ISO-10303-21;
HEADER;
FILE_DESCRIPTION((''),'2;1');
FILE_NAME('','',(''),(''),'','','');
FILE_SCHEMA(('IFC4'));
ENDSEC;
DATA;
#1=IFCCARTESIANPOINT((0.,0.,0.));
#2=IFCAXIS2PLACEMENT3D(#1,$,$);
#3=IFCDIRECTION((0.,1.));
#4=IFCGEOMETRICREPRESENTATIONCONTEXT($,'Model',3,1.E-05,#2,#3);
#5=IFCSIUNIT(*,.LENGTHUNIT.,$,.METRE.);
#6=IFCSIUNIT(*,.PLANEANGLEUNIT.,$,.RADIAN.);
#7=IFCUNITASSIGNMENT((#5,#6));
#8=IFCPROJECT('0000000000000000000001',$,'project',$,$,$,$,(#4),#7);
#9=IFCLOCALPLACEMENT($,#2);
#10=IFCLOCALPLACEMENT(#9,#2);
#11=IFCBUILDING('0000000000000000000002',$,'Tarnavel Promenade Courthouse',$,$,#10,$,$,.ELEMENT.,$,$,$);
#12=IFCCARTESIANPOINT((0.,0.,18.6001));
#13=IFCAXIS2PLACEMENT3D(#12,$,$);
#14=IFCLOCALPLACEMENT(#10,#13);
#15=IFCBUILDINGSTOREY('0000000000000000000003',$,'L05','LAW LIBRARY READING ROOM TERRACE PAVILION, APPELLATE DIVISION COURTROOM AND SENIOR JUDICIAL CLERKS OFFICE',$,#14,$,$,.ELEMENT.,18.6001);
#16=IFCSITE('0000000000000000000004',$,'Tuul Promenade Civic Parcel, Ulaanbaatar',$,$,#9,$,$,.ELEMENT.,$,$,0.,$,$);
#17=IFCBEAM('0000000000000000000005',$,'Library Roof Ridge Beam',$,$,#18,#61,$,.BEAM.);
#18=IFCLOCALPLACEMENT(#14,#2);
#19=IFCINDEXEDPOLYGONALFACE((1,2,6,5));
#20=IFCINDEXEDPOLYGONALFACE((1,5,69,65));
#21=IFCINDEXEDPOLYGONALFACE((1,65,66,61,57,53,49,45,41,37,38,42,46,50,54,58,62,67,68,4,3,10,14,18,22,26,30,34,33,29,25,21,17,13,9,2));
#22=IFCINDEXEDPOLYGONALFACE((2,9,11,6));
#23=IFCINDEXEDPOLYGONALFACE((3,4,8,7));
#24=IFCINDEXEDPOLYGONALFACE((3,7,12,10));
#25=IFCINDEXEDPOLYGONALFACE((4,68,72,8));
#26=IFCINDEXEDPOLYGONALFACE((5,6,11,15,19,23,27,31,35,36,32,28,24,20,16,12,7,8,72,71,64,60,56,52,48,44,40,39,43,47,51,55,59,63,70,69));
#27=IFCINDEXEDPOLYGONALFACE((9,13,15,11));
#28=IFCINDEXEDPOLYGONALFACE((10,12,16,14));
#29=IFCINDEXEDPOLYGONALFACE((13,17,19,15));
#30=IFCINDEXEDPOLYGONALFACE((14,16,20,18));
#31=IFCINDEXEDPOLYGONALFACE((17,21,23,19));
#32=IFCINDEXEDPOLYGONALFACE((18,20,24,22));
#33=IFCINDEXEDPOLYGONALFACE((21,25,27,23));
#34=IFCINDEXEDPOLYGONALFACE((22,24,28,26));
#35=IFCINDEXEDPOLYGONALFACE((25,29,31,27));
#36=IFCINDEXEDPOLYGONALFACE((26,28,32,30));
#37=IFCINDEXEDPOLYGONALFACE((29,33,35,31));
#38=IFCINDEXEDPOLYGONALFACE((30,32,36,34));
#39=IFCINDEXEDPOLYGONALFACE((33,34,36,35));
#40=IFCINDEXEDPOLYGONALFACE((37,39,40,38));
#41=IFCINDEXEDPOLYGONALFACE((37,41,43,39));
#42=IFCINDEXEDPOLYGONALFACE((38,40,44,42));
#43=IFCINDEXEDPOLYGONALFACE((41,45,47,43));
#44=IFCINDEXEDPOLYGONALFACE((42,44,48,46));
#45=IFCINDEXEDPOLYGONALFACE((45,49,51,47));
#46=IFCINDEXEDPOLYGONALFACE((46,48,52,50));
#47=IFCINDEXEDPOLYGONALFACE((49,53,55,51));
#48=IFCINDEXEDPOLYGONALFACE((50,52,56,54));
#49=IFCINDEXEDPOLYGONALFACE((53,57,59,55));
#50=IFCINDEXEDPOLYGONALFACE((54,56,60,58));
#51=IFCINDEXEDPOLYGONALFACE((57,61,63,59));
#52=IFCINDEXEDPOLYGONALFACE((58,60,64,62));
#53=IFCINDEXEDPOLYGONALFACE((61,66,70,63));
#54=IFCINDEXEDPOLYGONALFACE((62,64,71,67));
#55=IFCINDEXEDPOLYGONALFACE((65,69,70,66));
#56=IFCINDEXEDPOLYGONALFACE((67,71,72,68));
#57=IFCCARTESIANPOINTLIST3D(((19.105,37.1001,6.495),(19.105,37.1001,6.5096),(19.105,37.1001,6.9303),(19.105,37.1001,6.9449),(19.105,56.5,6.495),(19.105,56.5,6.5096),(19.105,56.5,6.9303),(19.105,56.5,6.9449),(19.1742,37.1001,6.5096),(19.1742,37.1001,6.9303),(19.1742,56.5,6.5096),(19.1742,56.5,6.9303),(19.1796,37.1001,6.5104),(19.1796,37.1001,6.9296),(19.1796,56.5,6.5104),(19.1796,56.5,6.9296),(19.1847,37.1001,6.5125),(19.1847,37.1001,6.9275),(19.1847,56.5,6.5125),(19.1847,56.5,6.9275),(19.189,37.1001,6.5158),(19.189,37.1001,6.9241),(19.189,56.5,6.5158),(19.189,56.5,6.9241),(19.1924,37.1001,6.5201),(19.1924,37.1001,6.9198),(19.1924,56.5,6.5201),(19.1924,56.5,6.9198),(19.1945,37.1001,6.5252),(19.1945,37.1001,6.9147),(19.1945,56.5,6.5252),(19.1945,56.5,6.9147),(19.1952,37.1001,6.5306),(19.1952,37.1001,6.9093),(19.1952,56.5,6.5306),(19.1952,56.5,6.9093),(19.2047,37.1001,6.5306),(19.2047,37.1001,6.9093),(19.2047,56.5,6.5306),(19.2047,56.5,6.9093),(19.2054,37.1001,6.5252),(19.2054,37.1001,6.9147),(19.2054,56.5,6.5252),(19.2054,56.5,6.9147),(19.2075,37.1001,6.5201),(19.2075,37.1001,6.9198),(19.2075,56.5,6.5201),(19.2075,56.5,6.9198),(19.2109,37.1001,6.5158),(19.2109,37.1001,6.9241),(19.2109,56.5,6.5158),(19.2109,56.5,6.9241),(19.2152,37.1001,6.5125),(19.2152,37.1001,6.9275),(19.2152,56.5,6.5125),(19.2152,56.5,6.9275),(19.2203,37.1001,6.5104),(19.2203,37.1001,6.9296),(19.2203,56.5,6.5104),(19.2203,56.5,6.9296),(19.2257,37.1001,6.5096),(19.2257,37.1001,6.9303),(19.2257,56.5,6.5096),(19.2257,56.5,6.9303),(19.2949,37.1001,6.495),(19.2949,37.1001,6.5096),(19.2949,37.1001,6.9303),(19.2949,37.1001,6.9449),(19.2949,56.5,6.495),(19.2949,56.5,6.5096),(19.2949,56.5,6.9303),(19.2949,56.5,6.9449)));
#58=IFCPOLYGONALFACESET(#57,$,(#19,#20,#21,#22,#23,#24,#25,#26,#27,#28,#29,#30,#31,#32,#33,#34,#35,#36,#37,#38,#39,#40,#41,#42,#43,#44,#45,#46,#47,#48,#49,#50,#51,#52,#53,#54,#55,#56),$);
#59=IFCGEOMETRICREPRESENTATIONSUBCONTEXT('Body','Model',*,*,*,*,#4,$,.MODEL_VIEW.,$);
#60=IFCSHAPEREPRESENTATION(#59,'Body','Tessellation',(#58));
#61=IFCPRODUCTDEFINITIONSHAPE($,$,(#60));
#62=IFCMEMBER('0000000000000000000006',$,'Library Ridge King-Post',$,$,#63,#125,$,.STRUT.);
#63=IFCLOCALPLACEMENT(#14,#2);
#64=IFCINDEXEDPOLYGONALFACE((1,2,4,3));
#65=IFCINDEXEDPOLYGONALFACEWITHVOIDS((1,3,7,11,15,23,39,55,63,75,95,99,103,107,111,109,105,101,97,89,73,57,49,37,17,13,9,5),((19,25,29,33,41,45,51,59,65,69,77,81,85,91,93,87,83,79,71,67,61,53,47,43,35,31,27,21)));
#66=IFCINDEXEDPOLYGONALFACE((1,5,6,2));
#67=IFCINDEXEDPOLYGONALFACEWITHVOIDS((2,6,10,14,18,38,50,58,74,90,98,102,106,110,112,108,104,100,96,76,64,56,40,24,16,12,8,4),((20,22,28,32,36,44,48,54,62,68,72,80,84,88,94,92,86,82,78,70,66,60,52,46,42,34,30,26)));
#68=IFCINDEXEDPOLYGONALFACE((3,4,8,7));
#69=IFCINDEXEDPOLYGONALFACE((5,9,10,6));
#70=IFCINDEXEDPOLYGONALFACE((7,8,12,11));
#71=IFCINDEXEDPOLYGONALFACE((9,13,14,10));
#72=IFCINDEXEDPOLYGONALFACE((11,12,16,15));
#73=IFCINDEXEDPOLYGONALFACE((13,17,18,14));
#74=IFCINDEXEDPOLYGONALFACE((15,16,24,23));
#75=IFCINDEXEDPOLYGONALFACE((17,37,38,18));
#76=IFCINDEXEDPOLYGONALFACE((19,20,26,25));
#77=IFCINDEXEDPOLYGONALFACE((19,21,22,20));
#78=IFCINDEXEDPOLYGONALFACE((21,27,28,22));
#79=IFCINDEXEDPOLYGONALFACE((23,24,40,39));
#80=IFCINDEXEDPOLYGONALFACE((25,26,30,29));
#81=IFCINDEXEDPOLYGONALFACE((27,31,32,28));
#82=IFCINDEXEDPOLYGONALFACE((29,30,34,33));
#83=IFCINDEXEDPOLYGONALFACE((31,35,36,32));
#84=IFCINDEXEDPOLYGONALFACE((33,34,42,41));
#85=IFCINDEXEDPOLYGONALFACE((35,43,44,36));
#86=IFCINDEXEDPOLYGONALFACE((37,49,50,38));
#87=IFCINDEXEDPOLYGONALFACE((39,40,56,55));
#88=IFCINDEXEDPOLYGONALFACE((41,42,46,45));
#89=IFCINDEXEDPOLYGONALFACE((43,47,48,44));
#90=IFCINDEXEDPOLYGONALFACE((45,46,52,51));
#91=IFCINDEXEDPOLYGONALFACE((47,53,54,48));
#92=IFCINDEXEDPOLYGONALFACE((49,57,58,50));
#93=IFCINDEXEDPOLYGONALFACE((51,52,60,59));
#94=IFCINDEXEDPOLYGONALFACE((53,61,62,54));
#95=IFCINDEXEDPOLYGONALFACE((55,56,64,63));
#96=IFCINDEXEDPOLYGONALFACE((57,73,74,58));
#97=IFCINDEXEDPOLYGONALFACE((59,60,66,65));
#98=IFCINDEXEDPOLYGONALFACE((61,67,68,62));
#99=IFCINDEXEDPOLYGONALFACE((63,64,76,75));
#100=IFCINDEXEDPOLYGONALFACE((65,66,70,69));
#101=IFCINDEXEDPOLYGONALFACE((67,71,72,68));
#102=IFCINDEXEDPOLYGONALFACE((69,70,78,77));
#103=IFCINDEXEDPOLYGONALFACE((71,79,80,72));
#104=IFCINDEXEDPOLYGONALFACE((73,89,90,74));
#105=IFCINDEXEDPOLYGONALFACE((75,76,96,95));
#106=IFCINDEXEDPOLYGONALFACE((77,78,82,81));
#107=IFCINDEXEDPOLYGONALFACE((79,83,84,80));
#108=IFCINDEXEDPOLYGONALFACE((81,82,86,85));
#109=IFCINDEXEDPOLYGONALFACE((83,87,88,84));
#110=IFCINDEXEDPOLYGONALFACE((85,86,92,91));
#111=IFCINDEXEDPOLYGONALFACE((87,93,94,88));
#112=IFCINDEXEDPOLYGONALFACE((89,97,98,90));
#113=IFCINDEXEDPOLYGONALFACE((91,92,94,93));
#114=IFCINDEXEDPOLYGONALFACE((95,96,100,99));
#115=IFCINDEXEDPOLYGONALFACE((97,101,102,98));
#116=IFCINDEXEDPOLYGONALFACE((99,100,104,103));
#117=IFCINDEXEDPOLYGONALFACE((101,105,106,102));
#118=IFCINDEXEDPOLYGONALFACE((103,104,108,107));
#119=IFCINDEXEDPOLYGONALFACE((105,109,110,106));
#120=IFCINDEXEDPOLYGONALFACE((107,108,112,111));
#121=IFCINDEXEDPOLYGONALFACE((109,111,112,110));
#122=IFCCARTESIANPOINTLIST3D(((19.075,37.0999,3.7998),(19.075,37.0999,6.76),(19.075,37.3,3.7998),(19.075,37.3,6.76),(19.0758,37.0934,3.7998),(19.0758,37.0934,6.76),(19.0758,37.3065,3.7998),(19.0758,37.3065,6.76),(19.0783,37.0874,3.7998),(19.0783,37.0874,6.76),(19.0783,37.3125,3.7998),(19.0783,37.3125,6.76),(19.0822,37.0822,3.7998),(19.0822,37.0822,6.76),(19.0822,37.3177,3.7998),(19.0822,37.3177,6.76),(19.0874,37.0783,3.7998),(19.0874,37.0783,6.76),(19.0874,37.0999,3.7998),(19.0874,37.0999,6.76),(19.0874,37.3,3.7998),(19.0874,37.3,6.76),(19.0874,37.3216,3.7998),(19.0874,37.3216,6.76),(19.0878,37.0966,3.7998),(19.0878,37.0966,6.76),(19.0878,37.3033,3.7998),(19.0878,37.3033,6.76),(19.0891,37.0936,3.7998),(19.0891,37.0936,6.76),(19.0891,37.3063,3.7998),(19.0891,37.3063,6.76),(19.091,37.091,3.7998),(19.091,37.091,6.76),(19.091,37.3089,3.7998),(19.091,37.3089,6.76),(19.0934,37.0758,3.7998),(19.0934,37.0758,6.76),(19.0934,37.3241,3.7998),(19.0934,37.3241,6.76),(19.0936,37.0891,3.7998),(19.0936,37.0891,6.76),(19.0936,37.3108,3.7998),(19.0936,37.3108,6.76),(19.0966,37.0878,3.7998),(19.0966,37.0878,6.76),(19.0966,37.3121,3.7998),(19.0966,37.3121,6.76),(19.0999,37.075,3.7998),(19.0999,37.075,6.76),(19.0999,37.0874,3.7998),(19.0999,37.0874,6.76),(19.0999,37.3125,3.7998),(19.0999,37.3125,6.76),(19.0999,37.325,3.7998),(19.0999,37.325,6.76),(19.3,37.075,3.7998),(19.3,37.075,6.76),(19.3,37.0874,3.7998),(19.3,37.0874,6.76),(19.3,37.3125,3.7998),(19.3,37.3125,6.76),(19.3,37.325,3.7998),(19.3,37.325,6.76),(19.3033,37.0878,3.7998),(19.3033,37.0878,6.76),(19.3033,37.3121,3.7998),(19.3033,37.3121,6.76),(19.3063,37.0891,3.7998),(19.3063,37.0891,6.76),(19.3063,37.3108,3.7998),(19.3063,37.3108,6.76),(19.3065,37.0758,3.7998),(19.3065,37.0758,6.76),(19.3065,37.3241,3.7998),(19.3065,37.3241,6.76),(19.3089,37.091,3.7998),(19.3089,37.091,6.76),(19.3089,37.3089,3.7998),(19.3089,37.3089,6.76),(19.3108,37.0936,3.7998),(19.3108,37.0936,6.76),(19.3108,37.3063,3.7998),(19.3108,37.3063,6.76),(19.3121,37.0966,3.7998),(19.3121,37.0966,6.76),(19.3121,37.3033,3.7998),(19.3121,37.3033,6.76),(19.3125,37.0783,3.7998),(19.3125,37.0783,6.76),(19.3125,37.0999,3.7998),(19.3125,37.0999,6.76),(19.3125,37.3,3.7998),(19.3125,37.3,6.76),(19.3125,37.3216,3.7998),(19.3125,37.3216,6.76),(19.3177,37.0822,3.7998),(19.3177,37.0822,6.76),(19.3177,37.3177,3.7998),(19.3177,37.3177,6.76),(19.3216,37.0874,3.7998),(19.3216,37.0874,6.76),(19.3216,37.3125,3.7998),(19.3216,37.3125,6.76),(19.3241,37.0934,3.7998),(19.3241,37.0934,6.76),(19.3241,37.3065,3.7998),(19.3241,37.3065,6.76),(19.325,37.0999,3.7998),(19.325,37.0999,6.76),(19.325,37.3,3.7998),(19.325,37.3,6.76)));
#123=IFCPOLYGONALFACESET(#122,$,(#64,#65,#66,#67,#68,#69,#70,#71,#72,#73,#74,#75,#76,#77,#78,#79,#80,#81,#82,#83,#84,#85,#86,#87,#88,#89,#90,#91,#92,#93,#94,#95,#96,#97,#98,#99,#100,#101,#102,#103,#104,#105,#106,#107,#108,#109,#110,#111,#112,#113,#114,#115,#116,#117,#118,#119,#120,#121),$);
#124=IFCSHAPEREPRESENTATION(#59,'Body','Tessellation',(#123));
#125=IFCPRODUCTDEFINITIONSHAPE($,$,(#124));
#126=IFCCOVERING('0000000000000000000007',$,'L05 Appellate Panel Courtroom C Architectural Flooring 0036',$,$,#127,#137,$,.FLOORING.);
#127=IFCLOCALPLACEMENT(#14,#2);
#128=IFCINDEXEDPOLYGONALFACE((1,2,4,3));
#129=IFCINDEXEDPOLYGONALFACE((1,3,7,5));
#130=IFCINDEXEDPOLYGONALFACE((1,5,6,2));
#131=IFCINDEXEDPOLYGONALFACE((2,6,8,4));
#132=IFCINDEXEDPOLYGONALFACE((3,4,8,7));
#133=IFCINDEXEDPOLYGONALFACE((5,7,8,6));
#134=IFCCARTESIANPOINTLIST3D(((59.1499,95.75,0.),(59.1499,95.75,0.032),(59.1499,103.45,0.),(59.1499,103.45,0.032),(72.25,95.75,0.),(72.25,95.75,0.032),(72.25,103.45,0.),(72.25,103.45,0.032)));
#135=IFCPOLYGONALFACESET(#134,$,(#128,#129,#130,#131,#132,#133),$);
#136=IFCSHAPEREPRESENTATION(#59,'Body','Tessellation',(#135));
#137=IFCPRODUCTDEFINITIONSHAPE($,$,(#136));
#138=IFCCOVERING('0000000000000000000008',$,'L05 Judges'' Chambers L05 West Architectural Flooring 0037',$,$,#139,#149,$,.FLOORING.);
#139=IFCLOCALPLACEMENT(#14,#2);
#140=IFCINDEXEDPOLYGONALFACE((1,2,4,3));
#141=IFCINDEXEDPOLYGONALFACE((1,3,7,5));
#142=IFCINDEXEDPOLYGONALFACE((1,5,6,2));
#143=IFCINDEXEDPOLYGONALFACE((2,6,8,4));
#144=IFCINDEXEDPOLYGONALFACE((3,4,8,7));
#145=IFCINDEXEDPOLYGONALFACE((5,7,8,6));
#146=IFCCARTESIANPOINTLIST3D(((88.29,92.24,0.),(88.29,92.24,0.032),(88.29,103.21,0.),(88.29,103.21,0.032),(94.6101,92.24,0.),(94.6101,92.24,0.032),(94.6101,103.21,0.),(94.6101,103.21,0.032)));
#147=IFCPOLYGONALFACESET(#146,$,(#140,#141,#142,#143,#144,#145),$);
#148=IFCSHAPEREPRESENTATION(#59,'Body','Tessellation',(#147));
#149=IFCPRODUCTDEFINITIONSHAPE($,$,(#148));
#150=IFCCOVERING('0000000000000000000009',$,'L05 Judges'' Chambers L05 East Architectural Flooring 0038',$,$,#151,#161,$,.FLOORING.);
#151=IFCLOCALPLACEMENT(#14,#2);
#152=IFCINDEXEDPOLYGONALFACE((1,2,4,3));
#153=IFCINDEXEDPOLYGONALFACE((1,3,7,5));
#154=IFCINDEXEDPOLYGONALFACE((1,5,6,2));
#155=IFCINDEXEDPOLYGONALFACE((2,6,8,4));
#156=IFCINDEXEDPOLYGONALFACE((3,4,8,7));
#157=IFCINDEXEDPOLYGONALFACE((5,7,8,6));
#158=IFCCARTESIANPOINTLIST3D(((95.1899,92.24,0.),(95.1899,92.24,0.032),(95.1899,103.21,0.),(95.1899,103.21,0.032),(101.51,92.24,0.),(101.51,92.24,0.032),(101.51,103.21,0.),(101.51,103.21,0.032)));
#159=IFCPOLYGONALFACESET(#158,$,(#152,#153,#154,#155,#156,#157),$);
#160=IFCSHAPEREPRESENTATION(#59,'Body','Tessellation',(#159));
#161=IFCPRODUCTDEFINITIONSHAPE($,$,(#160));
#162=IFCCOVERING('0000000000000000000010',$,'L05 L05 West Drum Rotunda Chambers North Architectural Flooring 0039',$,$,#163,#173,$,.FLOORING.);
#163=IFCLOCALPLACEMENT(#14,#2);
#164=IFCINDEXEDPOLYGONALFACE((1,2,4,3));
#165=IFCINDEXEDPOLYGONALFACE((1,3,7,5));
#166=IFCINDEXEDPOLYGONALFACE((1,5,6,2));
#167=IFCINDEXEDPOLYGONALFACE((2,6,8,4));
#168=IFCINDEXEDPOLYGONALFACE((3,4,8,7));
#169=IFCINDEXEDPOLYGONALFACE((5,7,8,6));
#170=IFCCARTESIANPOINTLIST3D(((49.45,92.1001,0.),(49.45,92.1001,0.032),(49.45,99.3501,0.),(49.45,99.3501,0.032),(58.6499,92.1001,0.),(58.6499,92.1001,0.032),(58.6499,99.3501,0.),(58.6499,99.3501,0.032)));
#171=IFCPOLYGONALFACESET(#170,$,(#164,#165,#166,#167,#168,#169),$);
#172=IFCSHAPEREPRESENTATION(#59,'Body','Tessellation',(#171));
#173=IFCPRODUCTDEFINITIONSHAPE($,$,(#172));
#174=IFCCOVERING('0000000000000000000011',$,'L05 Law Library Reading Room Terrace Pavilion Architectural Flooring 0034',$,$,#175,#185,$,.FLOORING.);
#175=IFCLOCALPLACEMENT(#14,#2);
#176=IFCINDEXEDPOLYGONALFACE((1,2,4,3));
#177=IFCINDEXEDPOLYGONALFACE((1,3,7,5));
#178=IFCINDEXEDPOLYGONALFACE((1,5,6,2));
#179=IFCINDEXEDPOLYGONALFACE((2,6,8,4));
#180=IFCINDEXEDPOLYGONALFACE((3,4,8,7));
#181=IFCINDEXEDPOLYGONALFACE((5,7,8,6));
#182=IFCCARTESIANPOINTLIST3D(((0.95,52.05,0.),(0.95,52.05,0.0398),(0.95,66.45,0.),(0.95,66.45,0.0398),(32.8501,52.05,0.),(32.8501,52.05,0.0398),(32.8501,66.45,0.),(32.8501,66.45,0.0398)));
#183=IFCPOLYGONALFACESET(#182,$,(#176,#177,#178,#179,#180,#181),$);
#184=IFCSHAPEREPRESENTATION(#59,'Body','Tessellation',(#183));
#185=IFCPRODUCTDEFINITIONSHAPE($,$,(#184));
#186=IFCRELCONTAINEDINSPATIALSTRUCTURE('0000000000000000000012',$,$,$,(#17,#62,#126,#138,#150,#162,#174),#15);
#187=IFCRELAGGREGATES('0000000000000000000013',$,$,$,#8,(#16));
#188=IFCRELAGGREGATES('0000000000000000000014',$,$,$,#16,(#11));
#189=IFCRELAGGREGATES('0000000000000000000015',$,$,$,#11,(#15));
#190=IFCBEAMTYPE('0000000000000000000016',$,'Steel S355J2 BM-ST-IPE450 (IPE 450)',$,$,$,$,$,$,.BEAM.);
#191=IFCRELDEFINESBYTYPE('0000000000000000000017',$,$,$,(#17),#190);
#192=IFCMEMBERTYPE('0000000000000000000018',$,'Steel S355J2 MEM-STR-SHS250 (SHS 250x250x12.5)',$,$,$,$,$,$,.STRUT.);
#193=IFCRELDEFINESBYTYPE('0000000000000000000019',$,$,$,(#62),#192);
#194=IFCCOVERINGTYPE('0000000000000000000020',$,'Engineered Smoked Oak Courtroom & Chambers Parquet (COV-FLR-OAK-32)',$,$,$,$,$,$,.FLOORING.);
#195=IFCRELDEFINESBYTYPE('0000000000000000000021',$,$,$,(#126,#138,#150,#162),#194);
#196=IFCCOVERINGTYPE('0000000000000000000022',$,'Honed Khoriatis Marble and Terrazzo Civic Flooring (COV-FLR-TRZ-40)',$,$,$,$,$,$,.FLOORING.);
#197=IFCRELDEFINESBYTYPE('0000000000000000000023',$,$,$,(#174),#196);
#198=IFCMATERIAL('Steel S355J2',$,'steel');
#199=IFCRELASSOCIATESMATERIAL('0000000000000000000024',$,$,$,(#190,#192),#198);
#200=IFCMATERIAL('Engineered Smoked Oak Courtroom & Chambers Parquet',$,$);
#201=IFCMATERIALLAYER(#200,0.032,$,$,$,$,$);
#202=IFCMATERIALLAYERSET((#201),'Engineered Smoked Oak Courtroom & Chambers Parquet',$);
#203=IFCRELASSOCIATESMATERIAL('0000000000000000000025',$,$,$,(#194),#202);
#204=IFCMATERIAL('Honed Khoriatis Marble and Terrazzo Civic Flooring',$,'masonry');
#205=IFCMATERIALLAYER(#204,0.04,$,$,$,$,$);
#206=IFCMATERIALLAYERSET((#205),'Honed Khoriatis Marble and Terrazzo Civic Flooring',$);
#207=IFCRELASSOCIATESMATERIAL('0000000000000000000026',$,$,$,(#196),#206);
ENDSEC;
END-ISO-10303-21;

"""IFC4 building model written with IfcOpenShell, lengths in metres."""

from ifc_helpers import new_model, si_unit, direction, frame, origin, origin_2d, place, context, subcontext, project, spatial, polyline, hollow_rectangle, i_section, outline, extrude, material, layer, layer_set, material_profile, profile_set, type_object, element, save


model = new_model("IFC4")

# Units and contexts
model_context = context("Model", 3, precision=1e-05, world=origin(), true_north=direction((0.0, 1.0)))
body_context = subcontext(model_context, "Body", "Model", "MODEL_VIEW")
ifc_project = project(units=[si_unit("LENGTHUNIT", "METRE"), si_unit("PLANEANGLEUNIT", "RADIAN")], contexts=[model_context])

# Site, building, storey
site_placement = place(None, origin())
site = spatial("IfcSite", under=ifc_project, at=site_placement, Name="Tuul Promenade Civic Parcel, Ulaanbaatar", CompositionType="ELEMENT", RefElevation=0.0)
building_placement = place(site_placement, origin())
building = spatial("IfcBuilding", under=site, at=building_placement, Name="Tarnavel Promenade Courthouse", CompositionType="ELEMENT")
storey_placement = place(building_placement, frame((0.0, 0.0, 18.6001)))
storey = spatial("IfcBuildingStorey", under=building, at=storey_placement, Name="L05", Description="LAW LIBRARY READING ROOM TERRACE PAVILION, APPELLATE DIVISION COURTROOM AND SENIOR JUDICIAL CLERKS OFFICE", CompositionType="ELEMENT", Elevation=18.6001)

# Beam
ifc_material_1 = material(Name="Steel S355J2", Category="steel")
ifc_material_profile_1 = material_profile(ifc_material_1, i_section(OverallWidth=0.1899, OverallDepth=0.45, WebThickness=0.0095, FlangeThickness=0.0146, FilletRadius=0.021, at=origin_2d()), Name="IPE 450")
ifc_profile_set_1 = profile_set([ifc_material_profile_1], Name="Steel S355J2")
beam_type_1 = type_object("IfcBeamType", Name="Steel S355J2 BM-ST-IPE450 (IPE 450)", PredefinedType="BEAM", material=ifc_profile_set_1)
beam_1_placement = place(storey_placement, frame((19.2, 37.1001, 6.72), z_axis=(0.0, 1.0, 0.0), x_axis=(-1.0, 0.0, 0.0)))
element("IfcBeam", 1, at=beam_1_placement, inside=storey, type_object=beam_type_1, Name="Library Roof Ridge Beam", PredefinedType="BEAM", context=body_context, shape_type="SweptSolid", body=[
    extrude(i_section(OverallWidth=0.1899, OverallDepth=0.45, WebThickness=0.0095, FlangeThickness=0.0146, FilletRadius=0.021, at=origin_2d()), origin(), (0.0, 0.0, 1.0), 19.3999),
])

# Member
ifc_material_profile_2 = material_profile(ifc_material_1, hollow_rectangle(XDim=0.25, YDim=0.25, WallThickness=0.0125, InnerFilletRadius=0.0125, OuterFilletRadius=0.0249, at=origin_2d()), Name="SHS 250x250x12.5")
ifc_profile_set_2 = profile_set([ifc_material_profile_2], Name="Steel S355J2")
member_type = type_object("IfcMemberType", Name="Steel S355J2 MEM-STR-SHS250 (SHS 250x250x12.5)", PredefinedType="STRUT", material=ifc_profile_set_2)
member_placement = place(storey_placement, frame((19.2, 37.2, 3.7998), z_axis=(0.0, 0.0, 1.0), x_axis=(1.0, 0.0, 0.0)))
element("IfcMember", 2, at=member_placement, inside=storey, type_object=member_type, Name="Library Ridge King-Post", PredefinedType="STRUT", context=body_context, shape_type="SweptSolid", body=[
    extrude(hollow_rectangle(XDim=0.25, YDim=0.25, WallThickness=0.0125, InnerFilletRadius=0.0125, OuterFilletRadius=0.0249, at=origin_2d()), origin(), (0.0, 0.0, 1.0), 2.9602),
])

# Coverings
ifc_material_2 = material(Name="Engineered Smoked Oak Courtroom & Chambers Parquet")
ifc_layer_1 = layer(ifc_material_2, 0.032)
ifc_layer_set_1 = layer_set([ifc_layer_1], Name="Engineered Smoked Oak Courtroom & Chambers Parquet")
covering_type_1 = type_object("IfcCoveringType", Name="Engineered Smoked Oak Courtroom & Chambers Parquet (COV-FLR-OAK-32)", PredefinedType="FLOORING", material=ifc_layer_set_1)
covering_1_placement = place(storey_placement, origin())
element("IfcCovering", 3, at=covering_1_placement, inside=storey, type_object=covering_type_1, Name="L05 Appellate Panel Courtroom C Architectural Flooring 0036", PredefinedType="FLOORING", context=body_context, shape_type="SweptSolid", body=[
    extrude(outline(polyline([(59.1499, 95.75), (72.25, 95.75), (72.25, 103.45), (59.1499, 103.45), (59.1499, 95.75)])), origin(), (0.0, 0.0, 1.0), 0.032),
])
covering_2_placement = place(storey_placement, origin())
element("IfcCovering", 4, at=covering_2_placement, inside=storey, type_object=covering_type_1, Name="L05 Judges' Chambers L05 West Architectural Flooring 0037", PredefinedType="FLOORING", context=body_context, shape_type="SweptSolid", body=[
    extrude(outline(polyline([(88.29, 92.24), (94.6101, 92.24), (94.6101, 103.21), (88.29, 103.21), (88.29, 92.24)])), origin(), (0.0, 0.0, 1.0), 0.032),
])
covering_3_placement = place(storey_placement, origin())
element("IfcCovering", 5, at=covering_3_placement, inside=storey, type_object=covering_type_1, Name="L05 Judges' Chambers L05 East Architectural Flooring 0038", PredefinedType="FLOORING", context=body_context, shape_type="SweptSolid", body=[
    extrude(outline(polyline([(95.1899, 92.24), (101.51, 92.24), (101.51, 103.21), (95.1899, 103.21), (95.1899, 92.24)])), origin(), (0.0, 0.0, 1.0), 0.032),
])
covering_4_placement = place(storey_placement, origin())
element("IfcCovering", 6, at=covering_4_placement, inside=storey, type_object=covering_type_1, Name="L05 L05 West Drum Rotunda Chambers North Architectural Flooring 0039", PredefinedType="FLOORING", context=body_context, shape_type="SweptSolid", body=[
    extrude(outline(polyline([(49.45, 92.1001), (58.6499, 92.1001), (58.6499, 99.3501), (49.45, 99.3501), (49.45, 92.1001)])), origin(), (0.0, 0.0, 1.0), 0.032),
])
ifc_material_3 = material(Name="Honed Khoriatis Marble and Terrazzo Civic Flooring", Category="masonry")
ifc_layer_2 = layer(ifc_material_3, 0.04)
ifc_layer_set_2 = layer_set([ifc_layer_2], Name="Honed Khoriatis Marble and Terrazzo Civic Flooring")
covering_type_2 = type_object("IfcCoveringType", Name="Honed Khoriatis Marble and Terrazzo Civic Flooring (COV-FLR-TRZ-40)", PredefinedType="FLOORING", material=ifc_layer_set_2)
covering_5_placement = place(storey_placement, origin())
element("IfcCovering", 7, at=covering_5_placement, inside=storey, type_object=covering_type_2, Name="L05 Law Library Reading Room Terrace Pavilion Architectural Flooring 0034", PredefinedType="FLOORING", context=body_context, shape_type="SweptSolid", body=[
    extrude(outline(polyline([(0.95, 52.05), (32.8501, 52.05), (32.8501, 66.45), (0.95, 66.45), (0.95, 52.05)])), origin(), (0.0, 0.0, 1.0), 0.0398),
])

save(model, "model.ifc")
